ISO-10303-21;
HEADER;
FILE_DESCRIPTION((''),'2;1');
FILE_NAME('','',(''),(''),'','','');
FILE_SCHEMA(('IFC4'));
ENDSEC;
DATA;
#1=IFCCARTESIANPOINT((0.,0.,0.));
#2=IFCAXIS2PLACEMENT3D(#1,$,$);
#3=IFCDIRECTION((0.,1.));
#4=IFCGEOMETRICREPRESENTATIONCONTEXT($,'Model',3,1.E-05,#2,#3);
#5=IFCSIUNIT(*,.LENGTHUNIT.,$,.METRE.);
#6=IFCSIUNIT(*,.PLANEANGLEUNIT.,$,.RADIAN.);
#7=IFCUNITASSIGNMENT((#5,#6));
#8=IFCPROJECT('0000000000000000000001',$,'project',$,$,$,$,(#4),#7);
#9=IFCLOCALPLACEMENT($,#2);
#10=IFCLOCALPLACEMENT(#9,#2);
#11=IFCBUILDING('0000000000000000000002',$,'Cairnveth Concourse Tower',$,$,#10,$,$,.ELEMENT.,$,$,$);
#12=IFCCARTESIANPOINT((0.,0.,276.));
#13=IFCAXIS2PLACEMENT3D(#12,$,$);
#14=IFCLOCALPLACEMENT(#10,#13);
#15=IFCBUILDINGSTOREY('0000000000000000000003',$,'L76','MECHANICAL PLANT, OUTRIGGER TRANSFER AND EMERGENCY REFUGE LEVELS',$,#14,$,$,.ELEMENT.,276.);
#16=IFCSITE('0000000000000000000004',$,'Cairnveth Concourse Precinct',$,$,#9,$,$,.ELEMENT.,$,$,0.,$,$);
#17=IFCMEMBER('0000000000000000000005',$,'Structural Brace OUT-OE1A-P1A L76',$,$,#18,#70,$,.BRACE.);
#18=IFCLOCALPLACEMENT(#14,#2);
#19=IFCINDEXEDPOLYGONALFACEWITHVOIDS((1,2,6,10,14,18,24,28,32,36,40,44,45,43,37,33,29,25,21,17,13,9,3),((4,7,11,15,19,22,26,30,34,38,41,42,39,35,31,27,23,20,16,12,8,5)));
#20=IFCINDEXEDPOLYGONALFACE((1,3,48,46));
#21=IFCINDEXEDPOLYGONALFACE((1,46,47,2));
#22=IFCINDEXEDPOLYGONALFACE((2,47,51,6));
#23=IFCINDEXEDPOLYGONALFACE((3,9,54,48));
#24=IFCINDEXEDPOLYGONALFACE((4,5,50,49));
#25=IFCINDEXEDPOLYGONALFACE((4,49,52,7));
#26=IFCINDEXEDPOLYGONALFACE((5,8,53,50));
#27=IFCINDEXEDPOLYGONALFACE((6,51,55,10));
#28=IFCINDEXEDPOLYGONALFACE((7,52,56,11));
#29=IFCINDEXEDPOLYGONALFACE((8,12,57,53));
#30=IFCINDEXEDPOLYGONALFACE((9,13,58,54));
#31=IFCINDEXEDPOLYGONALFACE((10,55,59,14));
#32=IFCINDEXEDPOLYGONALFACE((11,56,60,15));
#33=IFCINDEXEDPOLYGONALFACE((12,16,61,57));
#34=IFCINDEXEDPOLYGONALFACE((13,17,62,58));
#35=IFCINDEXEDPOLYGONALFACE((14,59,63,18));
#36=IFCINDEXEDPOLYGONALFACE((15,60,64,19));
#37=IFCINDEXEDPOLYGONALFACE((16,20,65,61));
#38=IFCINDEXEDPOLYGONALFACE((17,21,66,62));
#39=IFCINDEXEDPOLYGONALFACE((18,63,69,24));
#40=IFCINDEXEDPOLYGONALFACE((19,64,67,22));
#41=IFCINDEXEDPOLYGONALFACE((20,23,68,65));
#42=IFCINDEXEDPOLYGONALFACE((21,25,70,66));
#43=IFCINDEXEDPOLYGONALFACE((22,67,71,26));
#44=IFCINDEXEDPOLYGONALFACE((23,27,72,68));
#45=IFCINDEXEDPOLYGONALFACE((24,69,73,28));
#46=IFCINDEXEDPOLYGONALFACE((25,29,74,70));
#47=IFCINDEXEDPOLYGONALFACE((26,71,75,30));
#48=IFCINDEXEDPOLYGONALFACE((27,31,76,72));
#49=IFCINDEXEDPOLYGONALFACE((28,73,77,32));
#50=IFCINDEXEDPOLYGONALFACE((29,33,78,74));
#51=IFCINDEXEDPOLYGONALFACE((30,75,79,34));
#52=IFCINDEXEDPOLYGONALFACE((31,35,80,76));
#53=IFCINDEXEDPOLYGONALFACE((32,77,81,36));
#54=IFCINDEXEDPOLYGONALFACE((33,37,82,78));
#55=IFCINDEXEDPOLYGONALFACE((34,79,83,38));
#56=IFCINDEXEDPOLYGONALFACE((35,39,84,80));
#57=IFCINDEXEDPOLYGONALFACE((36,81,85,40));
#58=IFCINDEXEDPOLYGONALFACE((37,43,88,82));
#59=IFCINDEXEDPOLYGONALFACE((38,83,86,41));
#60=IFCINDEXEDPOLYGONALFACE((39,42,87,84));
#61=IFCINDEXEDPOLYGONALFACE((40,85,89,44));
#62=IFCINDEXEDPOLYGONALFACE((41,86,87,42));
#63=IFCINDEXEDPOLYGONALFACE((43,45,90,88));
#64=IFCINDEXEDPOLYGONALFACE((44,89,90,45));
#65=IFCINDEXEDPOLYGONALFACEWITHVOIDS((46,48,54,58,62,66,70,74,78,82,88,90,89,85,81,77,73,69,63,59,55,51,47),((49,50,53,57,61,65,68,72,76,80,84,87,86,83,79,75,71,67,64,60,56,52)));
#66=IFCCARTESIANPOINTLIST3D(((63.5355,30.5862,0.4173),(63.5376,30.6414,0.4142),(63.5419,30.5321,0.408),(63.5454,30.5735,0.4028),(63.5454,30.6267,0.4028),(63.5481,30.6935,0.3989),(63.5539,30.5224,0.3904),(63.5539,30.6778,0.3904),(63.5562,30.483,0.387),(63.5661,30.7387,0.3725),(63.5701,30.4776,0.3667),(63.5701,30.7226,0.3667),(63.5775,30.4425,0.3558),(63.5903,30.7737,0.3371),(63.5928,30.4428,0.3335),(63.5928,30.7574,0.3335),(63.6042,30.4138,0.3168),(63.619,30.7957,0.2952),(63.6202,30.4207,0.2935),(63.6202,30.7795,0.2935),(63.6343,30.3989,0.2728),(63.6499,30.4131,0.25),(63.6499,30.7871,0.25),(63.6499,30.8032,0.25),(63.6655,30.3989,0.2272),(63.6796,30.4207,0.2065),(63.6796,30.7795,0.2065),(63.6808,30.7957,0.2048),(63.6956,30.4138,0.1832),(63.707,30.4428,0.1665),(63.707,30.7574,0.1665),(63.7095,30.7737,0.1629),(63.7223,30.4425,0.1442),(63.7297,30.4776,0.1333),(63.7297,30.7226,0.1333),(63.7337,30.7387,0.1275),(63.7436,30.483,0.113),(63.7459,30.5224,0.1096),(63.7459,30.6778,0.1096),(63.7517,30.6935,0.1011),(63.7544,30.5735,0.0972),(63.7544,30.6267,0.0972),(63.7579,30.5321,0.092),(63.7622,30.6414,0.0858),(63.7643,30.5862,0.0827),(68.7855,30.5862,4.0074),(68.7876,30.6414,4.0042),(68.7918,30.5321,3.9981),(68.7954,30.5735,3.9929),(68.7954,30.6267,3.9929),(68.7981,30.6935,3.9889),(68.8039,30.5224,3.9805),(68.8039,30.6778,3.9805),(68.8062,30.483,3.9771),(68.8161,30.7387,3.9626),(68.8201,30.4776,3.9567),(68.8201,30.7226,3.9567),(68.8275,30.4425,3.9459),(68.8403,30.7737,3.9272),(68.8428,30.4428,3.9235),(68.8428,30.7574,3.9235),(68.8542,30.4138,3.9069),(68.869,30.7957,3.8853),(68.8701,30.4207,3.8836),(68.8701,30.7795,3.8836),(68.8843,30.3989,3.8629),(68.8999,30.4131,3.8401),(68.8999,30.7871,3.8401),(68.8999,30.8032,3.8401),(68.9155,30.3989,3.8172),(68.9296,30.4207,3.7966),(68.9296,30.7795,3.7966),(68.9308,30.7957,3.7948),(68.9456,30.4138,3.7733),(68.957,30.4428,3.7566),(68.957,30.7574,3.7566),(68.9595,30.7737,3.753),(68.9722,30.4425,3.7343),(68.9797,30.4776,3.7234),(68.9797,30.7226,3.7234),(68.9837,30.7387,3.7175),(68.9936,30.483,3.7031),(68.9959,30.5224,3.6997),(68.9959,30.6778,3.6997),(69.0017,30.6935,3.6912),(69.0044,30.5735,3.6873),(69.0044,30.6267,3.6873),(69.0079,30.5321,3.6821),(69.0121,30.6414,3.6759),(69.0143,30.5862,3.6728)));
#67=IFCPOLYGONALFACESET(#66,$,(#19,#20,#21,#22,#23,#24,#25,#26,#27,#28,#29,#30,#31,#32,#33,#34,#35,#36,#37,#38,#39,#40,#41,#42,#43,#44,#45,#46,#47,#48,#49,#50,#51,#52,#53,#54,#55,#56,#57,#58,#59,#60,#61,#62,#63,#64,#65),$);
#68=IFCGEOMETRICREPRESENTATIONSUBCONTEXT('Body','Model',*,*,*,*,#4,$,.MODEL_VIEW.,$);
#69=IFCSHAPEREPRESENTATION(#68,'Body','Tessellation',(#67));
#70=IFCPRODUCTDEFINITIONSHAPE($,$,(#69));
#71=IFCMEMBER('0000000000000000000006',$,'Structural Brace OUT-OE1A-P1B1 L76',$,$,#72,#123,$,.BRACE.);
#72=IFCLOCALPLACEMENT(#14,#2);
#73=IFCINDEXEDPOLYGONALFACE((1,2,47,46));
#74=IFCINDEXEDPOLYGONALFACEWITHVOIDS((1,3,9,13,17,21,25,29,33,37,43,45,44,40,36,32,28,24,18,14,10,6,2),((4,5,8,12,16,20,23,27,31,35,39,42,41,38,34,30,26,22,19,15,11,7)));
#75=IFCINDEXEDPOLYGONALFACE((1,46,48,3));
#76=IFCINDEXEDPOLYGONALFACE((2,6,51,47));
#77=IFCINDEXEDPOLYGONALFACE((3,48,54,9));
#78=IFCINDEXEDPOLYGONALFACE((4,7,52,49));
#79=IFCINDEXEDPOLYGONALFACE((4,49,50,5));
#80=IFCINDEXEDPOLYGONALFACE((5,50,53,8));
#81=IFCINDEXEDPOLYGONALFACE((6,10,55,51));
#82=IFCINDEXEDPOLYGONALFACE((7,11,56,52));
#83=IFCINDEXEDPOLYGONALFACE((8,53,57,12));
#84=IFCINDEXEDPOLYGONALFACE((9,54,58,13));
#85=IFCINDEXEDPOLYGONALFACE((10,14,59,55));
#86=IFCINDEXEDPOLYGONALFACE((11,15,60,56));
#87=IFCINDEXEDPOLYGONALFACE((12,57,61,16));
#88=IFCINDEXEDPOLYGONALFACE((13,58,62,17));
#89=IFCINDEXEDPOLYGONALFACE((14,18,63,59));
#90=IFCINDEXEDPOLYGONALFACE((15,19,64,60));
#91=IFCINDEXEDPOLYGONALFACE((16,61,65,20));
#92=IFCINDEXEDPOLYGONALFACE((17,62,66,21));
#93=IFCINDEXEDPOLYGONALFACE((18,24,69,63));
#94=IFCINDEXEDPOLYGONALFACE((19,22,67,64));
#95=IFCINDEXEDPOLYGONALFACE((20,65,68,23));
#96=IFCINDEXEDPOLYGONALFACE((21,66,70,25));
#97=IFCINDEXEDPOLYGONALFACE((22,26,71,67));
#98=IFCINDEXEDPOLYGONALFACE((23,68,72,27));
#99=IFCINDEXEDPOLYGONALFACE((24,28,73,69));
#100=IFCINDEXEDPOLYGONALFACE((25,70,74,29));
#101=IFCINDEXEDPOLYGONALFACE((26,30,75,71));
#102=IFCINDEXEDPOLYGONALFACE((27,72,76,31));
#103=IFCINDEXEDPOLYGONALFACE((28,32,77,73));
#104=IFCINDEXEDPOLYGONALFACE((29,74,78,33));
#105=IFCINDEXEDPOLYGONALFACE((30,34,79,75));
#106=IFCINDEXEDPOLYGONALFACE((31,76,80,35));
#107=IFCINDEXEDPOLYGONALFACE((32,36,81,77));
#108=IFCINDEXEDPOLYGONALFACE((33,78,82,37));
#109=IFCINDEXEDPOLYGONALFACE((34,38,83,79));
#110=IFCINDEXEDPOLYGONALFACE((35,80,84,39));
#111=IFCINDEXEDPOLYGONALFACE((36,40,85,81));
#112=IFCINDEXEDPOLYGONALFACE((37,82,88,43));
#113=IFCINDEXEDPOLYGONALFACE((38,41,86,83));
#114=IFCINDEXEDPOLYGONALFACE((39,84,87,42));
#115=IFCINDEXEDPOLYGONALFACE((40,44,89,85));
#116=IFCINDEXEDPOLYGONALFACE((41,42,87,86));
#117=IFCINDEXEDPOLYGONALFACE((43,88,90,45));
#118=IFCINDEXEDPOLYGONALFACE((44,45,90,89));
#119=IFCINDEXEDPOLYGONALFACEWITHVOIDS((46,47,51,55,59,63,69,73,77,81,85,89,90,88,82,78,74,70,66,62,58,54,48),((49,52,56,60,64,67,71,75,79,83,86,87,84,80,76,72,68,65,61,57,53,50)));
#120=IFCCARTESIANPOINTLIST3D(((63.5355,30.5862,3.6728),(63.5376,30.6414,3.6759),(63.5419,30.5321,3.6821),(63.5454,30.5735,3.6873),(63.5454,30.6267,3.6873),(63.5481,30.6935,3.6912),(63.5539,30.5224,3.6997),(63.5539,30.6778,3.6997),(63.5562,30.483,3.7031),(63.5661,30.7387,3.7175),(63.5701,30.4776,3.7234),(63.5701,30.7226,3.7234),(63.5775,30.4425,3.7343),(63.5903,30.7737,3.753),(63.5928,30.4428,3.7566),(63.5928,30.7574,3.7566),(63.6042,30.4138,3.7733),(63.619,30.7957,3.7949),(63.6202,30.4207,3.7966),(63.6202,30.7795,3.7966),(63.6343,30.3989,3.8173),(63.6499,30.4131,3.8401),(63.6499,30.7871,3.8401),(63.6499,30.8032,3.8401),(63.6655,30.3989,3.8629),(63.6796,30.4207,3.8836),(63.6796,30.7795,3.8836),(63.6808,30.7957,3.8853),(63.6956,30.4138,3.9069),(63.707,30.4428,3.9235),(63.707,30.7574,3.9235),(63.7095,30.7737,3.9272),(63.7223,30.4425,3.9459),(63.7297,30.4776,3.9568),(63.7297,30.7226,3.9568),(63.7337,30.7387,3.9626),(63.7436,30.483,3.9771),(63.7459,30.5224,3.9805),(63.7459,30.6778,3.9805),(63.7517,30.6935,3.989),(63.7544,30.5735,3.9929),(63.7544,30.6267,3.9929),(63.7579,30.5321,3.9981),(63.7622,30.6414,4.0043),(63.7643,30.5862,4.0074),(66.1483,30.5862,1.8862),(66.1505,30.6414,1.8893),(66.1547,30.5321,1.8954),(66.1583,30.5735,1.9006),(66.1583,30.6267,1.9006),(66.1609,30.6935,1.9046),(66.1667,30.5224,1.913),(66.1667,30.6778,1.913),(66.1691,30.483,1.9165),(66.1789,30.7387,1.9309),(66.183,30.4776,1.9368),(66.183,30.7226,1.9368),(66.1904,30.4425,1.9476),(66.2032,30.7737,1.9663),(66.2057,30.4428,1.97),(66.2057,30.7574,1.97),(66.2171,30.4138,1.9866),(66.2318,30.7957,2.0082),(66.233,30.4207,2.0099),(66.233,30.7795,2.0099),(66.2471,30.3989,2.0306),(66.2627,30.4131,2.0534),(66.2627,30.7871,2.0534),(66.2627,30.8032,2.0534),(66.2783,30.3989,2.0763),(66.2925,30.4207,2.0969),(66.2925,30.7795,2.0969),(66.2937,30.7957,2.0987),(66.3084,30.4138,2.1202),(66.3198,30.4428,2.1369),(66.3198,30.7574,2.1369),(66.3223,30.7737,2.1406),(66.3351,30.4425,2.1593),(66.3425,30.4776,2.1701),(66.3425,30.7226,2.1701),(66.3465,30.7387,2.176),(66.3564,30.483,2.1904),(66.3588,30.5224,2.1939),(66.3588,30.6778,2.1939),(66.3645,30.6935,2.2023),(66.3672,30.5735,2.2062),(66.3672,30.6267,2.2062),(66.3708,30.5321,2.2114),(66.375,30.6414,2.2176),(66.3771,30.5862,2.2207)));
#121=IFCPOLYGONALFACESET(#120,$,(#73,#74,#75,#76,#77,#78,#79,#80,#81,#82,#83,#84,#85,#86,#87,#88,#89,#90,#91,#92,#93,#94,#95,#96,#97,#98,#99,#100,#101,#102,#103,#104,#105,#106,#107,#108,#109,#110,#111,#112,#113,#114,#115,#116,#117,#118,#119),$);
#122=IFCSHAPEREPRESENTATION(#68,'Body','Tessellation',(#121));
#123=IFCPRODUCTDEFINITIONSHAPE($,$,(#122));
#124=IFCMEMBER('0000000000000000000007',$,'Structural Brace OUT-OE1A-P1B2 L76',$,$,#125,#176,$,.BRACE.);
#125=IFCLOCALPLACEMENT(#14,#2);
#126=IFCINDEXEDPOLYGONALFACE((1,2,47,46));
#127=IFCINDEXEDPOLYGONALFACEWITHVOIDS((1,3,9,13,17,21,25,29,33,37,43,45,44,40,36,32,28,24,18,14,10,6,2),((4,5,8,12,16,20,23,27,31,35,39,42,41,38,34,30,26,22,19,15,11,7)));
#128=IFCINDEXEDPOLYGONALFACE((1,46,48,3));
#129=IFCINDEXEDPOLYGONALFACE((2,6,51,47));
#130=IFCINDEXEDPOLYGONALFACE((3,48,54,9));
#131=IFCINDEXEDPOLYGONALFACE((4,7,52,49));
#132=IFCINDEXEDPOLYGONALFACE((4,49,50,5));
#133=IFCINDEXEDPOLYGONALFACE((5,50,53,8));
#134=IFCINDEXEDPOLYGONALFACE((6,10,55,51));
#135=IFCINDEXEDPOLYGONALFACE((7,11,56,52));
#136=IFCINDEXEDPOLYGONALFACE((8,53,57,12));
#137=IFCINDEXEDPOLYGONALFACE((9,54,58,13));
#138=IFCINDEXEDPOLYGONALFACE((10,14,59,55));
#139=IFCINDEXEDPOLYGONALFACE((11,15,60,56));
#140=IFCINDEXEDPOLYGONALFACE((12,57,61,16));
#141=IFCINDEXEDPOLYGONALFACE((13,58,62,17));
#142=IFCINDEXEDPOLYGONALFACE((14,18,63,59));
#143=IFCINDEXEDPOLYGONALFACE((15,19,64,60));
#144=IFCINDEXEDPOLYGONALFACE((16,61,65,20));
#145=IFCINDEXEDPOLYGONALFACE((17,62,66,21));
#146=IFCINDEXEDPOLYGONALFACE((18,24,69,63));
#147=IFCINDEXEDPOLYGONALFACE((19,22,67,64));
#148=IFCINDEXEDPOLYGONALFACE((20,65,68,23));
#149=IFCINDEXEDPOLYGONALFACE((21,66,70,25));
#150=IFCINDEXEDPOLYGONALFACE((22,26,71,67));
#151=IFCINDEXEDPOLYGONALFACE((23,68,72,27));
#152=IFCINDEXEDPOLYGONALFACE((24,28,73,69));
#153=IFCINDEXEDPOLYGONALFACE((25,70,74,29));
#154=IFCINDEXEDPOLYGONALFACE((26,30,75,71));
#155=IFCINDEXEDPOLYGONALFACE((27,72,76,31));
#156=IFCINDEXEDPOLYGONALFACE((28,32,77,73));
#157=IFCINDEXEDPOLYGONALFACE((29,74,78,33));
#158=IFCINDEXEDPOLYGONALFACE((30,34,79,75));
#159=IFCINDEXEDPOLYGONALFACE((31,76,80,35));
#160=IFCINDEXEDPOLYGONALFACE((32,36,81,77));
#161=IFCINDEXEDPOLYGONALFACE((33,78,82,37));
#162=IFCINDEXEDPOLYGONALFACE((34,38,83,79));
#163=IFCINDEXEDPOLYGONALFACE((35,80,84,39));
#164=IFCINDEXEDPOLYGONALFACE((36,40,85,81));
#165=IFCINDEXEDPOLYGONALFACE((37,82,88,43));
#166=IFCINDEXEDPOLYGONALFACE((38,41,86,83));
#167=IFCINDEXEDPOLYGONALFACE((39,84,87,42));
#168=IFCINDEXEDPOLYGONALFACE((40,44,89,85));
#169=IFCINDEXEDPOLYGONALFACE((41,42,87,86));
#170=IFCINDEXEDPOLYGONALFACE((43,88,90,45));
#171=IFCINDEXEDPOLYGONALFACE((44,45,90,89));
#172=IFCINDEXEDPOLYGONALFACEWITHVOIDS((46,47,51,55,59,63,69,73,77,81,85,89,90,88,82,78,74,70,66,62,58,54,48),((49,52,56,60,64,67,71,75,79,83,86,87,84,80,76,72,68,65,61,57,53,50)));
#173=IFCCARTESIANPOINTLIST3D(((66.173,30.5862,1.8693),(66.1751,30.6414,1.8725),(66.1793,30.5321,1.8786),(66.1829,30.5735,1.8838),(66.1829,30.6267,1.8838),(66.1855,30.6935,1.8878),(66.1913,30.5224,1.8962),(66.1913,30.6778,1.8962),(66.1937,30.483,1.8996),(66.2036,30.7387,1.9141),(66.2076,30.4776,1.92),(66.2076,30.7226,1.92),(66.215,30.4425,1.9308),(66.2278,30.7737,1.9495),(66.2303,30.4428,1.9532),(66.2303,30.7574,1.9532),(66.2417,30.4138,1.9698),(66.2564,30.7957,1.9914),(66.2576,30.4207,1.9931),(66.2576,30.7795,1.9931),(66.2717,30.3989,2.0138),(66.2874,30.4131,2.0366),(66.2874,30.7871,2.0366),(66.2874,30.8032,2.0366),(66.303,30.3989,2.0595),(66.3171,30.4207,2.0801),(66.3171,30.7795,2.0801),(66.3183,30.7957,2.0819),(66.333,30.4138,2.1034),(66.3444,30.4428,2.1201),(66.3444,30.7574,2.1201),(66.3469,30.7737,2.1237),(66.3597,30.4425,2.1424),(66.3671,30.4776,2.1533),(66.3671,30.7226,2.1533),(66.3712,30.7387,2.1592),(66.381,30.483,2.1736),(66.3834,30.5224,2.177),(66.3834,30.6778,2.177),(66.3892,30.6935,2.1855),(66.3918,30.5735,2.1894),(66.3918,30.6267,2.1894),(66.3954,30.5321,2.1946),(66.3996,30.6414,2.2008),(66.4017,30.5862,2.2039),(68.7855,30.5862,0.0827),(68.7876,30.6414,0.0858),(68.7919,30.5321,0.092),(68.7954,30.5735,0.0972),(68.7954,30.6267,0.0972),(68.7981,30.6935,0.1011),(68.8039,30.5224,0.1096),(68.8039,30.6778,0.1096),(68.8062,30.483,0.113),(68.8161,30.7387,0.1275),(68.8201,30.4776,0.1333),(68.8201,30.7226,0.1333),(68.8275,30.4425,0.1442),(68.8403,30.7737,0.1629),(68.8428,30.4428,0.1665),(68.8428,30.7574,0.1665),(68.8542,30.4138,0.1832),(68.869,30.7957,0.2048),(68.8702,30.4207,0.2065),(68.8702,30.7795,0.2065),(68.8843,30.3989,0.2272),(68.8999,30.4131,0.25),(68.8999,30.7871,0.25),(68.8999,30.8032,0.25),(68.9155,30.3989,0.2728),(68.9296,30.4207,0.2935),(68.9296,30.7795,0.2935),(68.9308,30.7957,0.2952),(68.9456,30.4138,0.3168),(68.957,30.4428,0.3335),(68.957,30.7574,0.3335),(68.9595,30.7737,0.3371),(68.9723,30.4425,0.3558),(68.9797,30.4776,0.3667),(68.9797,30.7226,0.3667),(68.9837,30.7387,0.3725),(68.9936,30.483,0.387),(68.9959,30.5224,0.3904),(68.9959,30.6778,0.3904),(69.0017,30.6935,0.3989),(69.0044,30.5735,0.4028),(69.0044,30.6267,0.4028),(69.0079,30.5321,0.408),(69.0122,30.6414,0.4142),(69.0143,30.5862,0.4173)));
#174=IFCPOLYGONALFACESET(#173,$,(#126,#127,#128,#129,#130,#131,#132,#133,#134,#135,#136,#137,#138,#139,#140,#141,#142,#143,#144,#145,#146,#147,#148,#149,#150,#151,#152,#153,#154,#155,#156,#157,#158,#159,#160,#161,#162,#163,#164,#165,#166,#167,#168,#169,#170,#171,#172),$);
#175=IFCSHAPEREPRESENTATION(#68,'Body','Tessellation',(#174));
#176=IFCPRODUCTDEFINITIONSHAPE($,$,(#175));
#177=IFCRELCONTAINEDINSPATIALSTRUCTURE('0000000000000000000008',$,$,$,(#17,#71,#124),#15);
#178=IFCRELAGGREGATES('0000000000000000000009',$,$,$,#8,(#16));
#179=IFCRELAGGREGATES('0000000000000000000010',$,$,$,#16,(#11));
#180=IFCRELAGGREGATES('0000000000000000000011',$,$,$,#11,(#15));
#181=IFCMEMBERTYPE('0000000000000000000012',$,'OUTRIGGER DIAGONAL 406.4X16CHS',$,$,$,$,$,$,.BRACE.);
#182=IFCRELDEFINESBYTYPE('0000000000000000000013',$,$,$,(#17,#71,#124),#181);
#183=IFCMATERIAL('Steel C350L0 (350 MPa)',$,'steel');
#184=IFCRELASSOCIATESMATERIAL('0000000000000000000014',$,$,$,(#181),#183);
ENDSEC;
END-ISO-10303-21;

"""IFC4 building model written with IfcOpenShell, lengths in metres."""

from ifc_helpers import new_model, si_unit, direction, frame, origin, origin_2d, place, context, subcontext, project, spatial, hollow_circle, extrude, material, material_profile, profile_set, type_object, element, save


model = new_model("IFC4")

# Units and contexts
model_context = context("Model", 3, precision=1e-05, world=origin(), true_north=direction((0.0, 1.0)))
body_context = subcontext(model_context, "Body", "Model", "MODEL_VIEW")
ifc_project = project(units=[si_unit("LENGTHUNIT", "METRE"), si_unit("PLANEANGLEUNIT", "RADIAN")], contexts=[model_context])

# Site, building, storey
site_placement = place(None, origin())
site = spatial("IfcSite", under=ifc_project, at=site_placement, Name="Cairnveth Concourse Precinct", CompositionType="ELEMENT", RefElevation=0.0)
building_placement = place(site_placement, origin())
building = spatial("IfcBuilding", under=site, at=building_placement, Name="Cairnveth Concourse Tower", CompositionType="ELEMENT")
storey_placement = place(building_placement, frame((0.0, 0.0, 276.0)))
storey = spatial("IfcBuildingStorey", under=building, at=storey_placement, Name="L76", Description="MECHANICAL PLANT, OUTRIGGER TRANSFER AND EMERGENCY REFUGE LEVELS", CompositionType="ELEMENT", Elevation=276.0)

# Shared definitions
ifc_material_1 = material(Name="Steel C350L0 (350 MPa)", Category="steel")

# Members
ifc_material_profile_1 = material_profile(ifc_material_1, hollow_circle(Radius=0.2031, WallThickness=0.0161, at=origin_2d()), Name="406.4x16.0CHS")
ifc_profile_set_1 = profile_set([ifc_material_profile_1], Name="Steel C350L0 (350 MPa)")
member_type_1 = type_object("IfcMemberType", Name="OUTRIGGER DIAGONAL 406.4X16CHS", PredefinedType="BRACE", material=ifc_profile_set_1)
member_1_placement = place(storey_placement, frame((63.6499, 30.6001, 0.25), z_axis=(0.825455, 0.0, 0.564468), x_axis=(0.0, 1.0, 0.0)))
element("IfcMember", 1, at=member_1_placement, inside=storey, type_object=member_type_1, Name="Structural Brace OUT-OE1A-P1A L76", PredefinedType="BRACE", context=body_context, shape_type="SweptSolid", body=[
    extrude(hollow_circle(Radius=0.2031, WallThickness=0.0161, at=origin_2d()), origin(), (0.0, 0.0, 1.0), 6.3601),
])
member_2_placement = place(storey_placement, frame((63.6499, 30.6001, 3.8401), z_axis=(0.825466, 0.0, -0.564452), x_axis=(0.0, 1.0, 0.0)))
element("IfcMember", 2, at=member_2_placement, inside=storey, type_object=member_type_1, Name="Structural Brace OUT-OE1A-P1B1 L76", PredefinedType="BRACE", context=body_context, shape_type="SweptSolid", body=[
    extrude(hollow_circle(Radius=0.2031, WallThickness=0.0161, at=origin_2d()), origin(), (0.0, 0.0, 1.0), 3.1653),
])
member_3_placement = place(storey_placement, frame((66.2874, 30.6001, 2.0366), z_axis=(0.825442, 0.0, -0.564488), x_axis=(0.0, 1.0, 0.0)))
element("IfcMember", 3, at=member_3_placement, inside=storey, type_object=member_type_1, Name="Structural Brace OUT-OE1A-P1B2 L76", PredefinedType="BRACE", context=body_context, shape_type="SweptSolid", body=[
    extrude(hollow_circle(Radius=0.2031, WallThickness=0.0161, at=origin_2d()), origin(), (0.0, 0.0, 1.0), 3.165),
])

save(model, "model.ifc")
